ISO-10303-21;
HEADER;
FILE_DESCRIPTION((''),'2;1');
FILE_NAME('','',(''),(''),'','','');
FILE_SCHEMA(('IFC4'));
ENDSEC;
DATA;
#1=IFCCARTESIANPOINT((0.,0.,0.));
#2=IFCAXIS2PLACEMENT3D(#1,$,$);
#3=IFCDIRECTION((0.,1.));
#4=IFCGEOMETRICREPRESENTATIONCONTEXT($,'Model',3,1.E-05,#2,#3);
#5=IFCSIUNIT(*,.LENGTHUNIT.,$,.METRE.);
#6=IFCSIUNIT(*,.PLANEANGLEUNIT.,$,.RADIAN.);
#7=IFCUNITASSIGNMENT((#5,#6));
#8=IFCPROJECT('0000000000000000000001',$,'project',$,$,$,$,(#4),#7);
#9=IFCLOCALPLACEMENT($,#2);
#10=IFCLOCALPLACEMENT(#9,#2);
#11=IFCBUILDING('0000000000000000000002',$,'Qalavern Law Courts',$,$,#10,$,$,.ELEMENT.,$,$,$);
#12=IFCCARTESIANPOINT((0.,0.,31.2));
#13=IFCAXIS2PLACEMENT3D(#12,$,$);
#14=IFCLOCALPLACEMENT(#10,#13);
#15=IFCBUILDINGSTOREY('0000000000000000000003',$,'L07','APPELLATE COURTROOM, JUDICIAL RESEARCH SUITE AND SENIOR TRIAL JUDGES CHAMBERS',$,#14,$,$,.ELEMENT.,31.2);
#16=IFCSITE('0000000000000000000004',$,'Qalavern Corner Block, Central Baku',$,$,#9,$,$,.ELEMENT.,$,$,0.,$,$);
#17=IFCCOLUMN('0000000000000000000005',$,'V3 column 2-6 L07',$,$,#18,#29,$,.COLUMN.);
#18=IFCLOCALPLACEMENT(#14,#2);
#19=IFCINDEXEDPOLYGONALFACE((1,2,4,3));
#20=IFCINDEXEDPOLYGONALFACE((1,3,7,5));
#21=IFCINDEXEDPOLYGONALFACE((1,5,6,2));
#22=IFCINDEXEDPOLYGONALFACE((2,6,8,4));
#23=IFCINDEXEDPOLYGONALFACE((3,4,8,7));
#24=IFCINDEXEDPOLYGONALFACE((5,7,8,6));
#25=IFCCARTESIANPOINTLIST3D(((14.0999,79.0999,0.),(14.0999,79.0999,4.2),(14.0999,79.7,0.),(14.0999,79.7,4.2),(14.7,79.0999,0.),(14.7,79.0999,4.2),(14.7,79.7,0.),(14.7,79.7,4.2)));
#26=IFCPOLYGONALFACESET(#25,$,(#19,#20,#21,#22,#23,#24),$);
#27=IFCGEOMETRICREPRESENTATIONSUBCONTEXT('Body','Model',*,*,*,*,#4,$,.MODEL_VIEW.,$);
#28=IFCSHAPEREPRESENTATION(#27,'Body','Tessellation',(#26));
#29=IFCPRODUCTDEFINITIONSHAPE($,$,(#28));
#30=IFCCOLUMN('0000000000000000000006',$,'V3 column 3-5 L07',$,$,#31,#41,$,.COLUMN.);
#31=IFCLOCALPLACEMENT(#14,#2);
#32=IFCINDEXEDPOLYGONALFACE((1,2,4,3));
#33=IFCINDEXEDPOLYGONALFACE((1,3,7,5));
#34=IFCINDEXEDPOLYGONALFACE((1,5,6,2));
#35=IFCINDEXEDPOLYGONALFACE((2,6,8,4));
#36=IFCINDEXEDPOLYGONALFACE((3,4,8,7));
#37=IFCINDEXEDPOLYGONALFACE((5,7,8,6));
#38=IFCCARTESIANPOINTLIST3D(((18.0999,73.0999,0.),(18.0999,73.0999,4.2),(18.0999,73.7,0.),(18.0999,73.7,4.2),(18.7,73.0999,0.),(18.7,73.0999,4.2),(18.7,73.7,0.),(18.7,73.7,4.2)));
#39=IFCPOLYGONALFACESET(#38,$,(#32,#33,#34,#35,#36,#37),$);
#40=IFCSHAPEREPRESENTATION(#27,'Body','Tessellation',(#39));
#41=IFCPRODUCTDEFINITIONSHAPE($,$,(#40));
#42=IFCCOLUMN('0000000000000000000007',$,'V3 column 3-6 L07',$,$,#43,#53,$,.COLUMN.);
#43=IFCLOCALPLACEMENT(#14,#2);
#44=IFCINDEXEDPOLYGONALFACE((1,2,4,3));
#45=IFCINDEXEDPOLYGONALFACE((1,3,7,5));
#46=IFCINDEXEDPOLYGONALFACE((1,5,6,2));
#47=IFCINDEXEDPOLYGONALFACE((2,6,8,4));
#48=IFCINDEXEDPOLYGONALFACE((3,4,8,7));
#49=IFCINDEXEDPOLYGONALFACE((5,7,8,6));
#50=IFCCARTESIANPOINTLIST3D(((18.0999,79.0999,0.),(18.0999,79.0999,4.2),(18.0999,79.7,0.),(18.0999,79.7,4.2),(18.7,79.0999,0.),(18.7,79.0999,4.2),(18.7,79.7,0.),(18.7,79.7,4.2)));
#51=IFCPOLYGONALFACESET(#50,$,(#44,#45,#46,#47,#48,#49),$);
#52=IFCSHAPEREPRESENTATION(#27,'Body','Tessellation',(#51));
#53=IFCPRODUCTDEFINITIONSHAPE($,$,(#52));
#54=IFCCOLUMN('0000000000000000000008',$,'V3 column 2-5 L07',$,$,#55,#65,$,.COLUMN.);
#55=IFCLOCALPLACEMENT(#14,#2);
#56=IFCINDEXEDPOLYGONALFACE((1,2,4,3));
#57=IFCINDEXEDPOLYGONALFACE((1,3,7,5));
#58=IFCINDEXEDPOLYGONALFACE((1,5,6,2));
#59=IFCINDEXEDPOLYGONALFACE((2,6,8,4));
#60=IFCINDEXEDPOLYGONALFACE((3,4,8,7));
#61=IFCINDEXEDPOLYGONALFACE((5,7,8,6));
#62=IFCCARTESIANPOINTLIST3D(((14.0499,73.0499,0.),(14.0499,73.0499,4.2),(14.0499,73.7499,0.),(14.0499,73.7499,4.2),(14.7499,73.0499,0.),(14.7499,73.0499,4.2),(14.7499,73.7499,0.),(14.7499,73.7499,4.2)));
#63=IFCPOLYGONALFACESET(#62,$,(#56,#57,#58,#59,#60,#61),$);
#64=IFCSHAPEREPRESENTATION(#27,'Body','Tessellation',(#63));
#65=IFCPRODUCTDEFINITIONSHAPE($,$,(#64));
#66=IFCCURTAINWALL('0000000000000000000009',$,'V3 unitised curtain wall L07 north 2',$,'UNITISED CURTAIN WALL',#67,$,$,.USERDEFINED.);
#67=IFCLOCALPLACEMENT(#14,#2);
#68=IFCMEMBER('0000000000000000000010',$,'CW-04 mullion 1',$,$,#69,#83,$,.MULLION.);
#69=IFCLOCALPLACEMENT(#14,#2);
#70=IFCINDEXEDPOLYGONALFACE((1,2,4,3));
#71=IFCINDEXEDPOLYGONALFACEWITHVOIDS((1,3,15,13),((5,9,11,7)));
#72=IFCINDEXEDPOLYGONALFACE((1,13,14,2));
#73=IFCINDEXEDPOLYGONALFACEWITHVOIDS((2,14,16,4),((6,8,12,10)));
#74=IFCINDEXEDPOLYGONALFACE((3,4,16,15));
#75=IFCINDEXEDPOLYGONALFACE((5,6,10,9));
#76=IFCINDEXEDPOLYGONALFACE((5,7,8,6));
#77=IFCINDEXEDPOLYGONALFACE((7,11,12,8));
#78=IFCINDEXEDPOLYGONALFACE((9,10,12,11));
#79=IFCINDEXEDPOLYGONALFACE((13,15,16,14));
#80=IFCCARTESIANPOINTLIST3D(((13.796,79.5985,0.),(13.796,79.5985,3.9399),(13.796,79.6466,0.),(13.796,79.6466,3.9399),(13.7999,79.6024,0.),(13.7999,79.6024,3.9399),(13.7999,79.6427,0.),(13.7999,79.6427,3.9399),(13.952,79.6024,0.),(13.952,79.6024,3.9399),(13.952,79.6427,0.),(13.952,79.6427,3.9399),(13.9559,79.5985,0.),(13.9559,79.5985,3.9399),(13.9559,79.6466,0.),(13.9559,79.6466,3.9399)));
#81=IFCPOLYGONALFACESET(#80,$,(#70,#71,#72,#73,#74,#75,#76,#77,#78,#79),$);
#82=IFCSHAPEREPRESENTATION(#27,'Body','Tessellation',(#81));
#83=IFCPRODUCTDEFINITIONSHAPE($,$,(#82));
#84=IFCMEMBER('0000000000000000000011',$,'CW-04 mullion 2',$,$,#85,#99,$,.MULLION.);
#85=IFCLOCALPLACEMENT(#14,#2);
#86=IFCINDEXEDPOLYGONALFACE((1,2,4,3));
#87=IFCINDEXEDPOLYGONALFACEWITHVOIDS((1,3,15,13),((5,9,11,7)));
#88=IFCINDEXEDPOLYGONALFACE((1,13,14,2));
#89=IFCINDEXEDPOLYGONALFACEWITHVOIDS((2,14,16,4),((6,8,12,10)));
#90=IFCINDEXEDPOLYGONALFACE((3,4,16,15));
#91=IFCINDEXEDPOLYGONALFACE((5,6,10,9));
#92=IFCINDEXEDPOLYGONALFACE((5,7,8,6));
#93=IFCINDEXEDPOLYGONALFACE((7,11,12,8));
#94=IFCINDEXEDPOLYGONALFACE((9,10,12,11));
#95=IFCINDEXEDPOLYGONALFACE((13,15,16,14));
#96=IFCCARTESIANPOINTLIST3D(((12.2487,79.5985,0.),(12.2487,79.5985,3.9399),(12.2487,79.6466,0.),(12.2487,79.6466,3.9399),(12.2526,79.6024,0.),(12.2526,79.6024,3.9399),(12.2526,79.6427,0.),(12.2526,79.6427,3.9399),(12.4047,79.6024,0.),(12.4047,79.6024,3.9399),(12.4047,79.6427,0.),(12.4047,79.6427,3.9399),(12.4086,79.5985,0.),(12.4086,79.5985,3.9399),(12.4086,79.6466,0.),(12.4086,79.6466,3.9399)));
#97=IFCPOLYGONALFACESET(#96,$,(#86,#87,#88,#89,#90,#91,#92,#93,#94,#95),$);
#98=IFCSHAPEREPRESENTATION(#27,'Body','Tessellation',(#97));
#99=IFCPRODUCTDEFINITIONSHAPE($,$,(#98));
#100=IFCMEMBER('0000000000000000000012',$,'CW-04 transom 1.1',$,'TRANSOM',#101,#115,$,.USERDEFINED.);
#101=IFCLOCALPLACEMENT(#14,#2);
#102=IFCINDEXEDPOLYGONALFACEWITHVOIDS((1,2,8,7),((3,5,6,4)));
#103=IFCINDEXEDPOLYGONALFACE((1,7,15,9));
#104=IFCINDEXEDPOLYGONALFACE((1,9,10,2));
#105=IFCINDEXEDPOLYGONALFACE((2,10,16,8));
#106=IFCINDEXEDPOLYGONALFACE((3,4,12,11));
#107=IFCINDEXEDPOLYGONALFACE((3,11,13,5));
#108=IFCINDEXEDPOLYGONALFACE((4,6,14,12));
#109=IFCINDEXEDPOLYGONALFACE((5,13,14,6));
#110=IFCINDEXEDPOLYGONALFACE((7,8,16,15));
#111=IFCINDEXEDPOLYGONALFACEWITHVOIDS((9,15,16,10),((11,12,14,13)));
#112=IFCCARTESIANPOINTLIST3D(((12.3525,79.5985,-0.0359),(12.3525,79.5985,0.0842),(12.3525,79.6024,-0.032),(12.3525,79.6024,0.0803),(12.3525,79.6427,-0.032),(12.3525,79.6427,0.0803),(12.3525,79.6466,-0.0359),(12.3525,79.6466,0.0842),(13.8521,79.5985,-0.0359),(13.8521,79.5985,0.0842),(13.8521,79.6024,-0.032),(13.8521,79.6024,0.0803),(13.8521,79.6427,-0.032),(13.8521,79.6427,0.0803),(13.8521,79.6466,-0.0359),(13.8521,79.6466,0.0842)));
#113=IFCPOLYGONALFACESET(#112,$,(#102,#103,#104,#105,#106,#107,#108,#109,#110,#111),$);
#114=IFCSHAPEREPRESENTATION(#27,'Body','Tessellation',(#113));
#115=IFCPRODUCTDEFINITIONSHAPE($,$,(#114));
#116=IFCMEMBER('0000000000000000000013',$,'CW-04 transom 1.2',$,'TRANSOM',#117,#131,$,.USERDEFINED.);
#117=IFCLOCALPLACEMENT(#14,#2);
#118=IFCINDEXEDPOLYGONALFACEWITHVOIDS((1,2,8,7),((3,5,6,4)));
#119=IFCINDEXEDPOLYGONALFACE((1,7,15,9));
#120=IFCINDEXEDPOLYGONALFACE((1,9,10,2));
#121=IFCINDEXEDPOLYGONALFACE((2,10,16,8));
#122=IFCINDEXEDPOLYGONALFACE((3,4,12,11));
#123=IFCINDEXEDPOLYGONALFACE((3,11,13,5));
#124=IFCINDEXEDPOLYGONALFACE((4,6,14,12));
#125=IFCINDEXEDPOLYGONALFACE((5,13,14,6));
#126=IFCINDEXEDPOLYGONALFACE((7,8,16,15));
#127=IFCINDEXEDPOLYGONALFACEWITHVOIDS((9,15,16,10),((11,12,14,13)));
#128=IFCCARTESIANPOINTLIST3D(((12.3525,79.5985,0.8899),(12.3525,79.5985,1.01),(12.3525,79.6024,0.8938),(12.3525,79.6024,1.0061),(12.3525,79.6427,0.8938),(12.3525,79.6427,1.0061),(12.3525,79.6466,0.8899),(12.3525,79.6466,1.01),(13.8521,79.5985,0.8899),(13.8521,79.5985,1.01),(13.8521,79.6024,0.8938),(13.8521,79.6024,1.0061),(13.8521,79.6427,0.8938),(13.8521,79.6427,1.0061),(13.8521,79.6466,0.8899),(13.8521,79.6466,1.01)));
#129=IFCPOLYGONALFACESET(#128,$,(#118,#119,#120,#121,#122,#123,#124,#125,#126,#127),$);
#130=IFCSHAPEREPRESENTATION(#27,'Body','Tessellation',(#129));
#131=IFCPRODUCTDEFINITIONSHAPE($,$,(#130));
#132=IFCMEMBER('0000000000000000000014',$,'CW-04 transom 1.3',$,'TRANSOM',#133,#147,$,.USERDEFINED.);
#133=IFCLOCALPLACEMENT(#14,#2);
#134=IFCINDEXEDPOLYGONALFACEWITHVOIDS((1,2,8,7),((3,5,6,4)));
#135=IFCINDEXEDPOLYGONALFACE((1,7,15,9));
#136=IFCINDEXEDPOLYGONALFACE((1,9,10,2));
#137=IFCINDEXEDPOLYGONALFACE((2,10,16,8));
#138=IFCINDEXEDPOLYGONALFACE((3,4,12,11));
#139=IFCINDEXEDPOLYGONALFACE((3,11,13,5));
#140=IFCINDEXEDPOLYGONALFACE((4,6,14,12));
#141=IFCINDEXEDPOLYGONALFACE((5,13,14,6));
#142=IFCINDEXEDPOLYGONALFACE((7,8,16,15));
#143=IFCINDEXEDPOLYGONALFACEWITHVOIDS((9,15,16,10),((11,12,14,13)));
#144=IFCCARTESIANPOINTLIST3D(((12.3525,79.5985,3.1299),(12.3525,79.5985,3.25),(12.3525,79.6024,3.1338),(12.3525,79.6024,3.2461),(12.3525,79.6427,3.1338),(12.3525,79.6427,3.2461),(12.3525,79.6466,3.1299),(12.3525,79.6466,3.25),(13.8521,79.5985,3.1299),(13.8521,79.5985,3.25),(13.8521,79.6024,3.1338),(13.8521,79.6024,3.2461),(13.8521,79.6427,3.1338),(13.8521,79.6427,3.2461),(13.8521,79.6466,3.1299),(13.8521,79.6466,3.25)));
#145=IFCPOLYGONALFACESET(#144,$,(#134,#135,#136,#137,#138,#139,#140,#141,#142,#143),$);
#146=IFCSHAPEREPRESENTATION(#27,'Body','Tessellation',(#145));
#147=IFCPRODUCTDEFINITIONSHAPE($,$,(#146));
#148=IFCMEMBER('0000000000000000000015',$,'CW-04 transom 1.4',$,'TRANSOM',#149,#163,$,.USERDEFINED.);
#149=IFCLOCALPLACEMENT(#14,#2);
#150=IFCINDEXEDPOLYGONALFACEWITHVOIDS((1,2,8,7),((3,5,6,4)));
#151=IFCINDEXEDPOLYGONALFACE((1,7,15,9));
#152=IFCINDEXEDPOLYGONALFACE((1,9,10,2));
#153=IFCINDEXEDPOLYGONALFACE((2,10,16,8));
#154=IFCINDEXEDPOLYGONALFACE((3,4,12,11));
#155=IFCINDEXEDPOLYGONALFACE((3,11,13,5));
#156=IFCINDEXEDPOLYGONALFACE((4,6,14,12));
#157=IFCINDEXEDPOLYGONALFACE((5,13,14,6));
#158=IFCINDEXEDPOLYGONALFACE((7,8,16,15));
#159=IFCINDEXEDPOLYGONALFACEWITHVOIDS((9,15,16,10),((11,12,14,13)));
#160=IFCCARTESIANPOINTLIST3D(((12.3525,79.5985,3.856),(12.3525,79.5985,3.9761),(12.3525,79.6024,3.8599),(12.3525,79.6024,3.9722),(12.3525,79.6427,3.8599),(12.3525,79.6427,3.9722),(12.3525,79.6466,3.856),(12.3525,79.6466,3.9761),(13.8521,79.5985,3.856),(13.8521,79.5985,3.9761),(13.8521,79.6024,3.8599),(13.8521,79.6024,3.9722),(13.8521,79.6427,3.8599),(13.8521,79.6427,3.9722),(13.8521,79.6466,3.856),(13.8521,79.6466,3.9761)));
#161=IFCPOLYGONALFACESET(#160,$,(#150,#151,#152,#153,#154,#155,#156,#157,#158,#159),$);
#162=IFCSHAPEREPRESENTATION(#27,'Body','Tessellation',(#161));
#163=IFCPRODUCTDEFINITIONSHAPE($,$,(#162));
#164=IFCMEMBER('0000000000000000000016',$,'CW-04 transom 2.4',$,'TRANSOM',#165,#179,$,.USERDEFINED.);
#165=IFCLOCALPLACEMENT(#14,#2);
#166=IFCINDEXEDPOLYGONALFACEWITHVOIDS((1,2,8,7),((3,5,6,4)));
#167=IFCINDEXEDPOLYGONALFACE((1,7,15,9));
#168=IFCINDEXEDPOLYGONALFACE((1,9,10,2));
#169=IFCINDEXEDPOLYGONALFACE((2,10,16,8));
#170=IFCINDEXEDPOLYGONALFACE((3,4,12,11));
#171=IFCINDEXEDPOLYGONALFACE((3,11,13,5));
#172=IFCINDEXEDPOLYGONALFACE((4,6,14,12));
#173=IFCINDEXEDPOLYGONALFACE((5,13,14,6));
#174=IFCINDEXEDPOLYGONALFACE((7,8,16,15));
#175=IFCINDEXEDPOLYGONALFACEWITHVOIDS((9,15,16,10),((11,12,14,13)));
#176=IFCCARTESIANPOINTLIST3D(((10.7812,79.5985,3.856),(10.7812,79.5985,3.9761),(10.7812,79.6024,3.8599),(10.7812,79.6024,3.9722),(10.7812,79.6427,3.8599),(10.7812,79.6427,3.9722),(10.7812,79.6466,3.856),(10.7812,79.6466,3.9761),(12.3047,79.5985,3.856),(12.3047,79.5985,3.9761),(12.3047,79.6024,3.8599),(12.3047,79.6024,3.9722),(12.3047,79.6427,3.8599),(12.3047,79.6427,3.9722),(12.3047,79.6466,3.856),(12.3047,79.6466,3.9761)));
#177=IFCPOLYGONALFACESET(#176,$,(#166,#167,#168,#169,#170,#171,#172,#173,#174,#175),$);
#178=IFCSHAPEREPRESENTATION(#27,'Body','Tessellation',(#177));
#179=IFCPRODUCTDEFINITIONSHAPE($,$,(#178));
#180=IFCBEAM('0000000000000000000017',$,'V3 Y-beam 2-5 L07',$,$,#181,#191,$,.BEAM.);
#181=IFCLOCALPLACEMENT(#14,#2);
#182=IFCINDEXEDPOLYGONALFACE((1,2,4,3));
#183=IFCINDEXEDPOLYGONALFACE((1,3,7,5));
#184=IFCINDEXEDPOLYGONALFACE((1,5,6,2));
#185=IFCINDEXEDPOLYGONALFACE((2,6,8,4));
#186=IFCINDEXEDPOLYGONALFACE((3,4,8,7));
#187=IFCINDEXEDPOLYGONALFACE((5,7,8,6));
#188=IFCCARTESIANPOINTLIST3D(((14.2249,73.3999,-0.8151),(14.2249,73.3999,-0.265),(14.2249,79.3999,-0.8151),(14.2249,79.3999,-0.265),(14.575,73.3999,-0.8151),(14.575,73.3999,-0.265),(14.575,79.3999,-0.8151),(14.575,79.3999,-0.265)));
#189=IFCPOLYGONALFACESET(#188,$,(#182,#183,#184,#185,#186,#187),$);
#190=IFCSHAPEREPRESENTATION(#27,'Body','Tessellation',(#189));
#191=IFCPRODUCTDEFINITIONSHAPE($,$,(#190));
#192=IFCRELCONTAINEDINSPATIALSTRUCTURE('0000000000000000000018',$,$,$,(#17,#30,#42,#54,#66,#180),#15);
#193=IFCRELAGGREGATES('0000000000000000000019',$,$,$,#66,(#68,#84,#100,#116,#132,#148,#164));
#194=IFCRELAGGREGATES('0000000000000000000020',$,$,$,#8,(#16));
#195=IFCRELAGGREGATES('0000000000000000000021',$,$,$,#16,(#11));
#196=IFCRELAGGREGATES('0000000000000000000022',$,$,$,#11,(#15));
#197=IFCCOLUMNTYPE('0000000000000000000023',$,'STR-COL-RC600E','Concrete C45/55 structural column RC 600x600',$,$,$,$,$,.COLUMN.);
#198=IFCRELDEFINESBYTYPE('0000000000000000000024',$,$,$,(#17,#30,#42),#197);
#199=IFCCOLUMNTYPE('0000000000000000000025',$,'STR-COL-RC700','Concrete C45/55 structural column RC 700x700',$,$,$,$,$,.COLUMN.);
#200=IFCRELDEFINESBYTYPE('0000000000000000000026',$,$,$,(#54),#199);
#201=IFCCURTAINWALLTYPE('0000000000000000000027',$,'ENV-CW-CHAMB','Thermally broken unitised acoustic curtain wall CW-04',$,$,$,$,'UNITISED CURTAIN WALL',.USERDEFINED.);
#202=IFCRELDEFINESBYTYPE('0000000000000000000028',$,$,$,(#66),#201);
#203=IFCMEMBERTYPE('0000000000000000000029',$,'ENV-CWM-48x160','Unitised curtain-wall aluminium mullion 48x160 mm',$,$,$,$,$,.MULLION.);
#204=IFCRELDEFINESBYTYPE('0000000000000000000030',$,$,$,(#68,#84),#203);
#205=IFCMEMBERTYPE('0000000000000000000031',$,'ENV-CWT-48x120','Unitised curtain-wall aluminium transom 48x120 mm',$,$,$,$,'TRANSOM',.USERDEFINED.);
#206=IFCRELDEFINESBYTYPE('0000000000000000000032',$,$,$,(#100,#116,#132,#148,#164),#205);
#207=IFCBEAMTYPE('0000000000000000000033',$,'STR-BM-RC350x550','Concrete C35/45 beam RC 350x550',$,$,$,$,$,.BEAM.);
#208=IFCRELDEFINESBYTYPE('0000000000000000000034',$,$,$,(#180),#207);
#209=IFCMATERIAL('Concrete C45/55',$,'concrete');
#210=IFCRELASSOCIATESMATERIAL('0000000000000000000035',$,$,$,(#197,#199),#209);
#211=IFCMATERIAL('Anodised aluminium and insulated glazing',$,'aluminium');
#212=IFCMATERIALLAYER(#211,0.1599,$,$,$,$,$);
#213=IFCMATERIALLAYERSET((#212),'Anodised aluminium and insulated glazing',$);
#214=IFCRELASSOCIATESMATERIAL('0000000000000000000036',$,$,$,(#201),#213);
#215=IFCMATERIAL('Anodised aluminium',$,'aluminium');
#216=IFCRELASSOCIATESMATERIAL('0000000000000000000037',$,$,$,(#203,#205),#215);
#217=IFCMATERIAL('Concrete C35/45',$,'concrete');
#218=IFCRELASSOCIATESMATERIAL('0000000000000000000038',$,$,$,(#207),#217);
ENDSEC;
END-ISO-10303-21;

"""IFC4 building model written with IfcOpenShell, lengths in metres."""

from ifc_helpers import new_model, si_unit, direction, frame, origin, origin_2d, place, context, subcontext, project, spatial, rectangle, hollow_rectangle, extrude, material, layer, layer_set, material_profile, profile_set, type_object, element, aggregate, save


model = new_model("IFC4")

# Units and contexts
model_context = context("Model", 3, precision=1e-05, world=origin(), true_north=direction((0.0, 1.0)))
body_context = subcontext(model_context, "Body", "Model", "MODEL_VIEW")
ifc_project = project(units=[si_unit("LENGTHUNIT", "METRE"), si_unit("PLANEANGLEUNIT", "RADIAN")], contexts=[model_context])

# Site, building, storey
site_placement = place(None, origin())
site = spatial("IfcSite", under=ifc_project, at=site_placement, Name="Qalavern Corner Block, Central Baku", CompositionType="ELEMENT", RefElevation=0.0)
building_placement = place(site_placement, origin())
building = spatial("IfcBuilding", under=site, at=building_placement, Name="Qalavern Law Courts", CompositionType="ELEMENT")
storey_placement = place(building_placement, frame((0.0, 0.0, 31.2)))
storey = spatial("IfcBuildingStorey", under=building, at=storey_placement, Name="L07", Description="APPELLATE COURTROOM, JUDICIAL RESEARCH SUITE AND SENIOR TRIAL JUDGES CHAMBERS", CompositionType="ELEMENT", Elevation=31.2)

# Columns
ifc_material_1 = material(Name="Concrete C45/55", Category="concrete")
ifc_material_profile_1 = material_profile(ifc_material_1, rectangle(XDim=0.6001, YDim=0.6001, at=origin_2d()), Name="RC 600x600")
ifc_profile_set_1 = profile_set([ifc_material_profile_1], Name="Concrete C45/55")
column_type_1 = type_object("IfcColumnType", Name="STR-COL-RC600E", Description="Concrete C45/55 structural column RC 600x600", PredefinedType="COLUMN", material=ifc_profile_set_1)
for number, where, z_axis, x_axis, name in (
    (1, (14.3999, 79.3999, 0.0), (0.0, 0.0, 1.0), (1.0, 0.0, 0.0), "V3 column 2-6 L07"),
    (2, (18.3999, 73.3999, 0.0), (0.0, 0.0, 1.0), (1.0, 0.0, 0.0), "V3 column 3-5 L07"),
    (3, (18.3999, 79.3999, 0.0), (0.0, 0.0, 1.0), (1.0, 0.0, 0.0), "V3 column 3-6 L07"),
):
    element("IfcColumn", number, at=place(storey_placement, frame(where, z_axis=z_axis, x_axis=x_axis)), inside=storey, type_object=column_type_1, Name=name, PredefinedType="COLUMN", context=body_context, shape_type="SweptSolid", body=[
        extrude(rectangle(XDim=0.6001, YDim=0.6001, at=origin_2d()), origin(), (0.0, 0.0, 1.0), 4.2),
    ])
ifc_material_profile_2 = material_profile(ifc_material_1, rectangle(XDim=0.7, YDim=0.7, at=origin_2d()), Name="RC 700x700")
ifc_profile_set_2 = profile_set([ifc_material_profile_2], Name="Concrete C45/55")
column_type_2 = type_object("IfcColumnType", Name="STR-COL-RC700", Description="Concrete C45/55 structural column RC 700x700", PredefinedType="COLUMN", material=ifc_profile_set_2)
column_placement = place(storey_placement, frame((14.3999, 73.3999, 0.0), z_axis=(0.0, 0.0, 1.0), x_axis=(1.0, 0.0, 0.0)))
element("IfcColumn", 4, at=column_placement, inside=storey, type_object=column_type_2, Name="V3 column 2-5 L07", PredefinedType="COLUMN", context=body_context, shape_type="SweptSolid", body=[
    extrude(rectangle(XDim=0.7, YDim=0.7, at=origin_2d()), origin(), (0.0, 0.0, 1.0), 4.2),
])

# Curtain wall, members
ifc_material_2 = material(Name="Anodised aluminium and insulated glazing", Category="aluminium")
ifc_layer_1 = layer(ifc_material_2, 0.1599)
ifc_layer_set_1 = layer_set([ifc_layer_1], Name="Anodised aluminium and insulated glazing")
curtain_wall_type = type_object("IfcCurtainWallType", Name="ENV-CW-CHAMB", Description="Thermally broken unitised acoustic curtain wall CW-04", ElementType="UNITISED CURTAIN WALL", PredefinedType="USERDEFINED", material=ifc_layer_set_1)
curtain_wall_placement = place(storey_placement, origin())
curtain_wall = element("IfcCurtainWall", 5, at=curtain_wall_placement, inside=storey, type_object=curtain_wall_type, Name="V3 unitised curtain wall L07 north 2", ObjectType="UNITISED CURTAIN WALL", PredefinedType="USERDEFINED")
ifc_material_3 = material(Name="Anodised aluminium", Category="aluminium")
ifc_material_profile_3 = material_profile(ifc_material_3, hollow_rectangle(XDim=0.0481, YDim=0.1599, WallThickness=0.0039, at=origin_2d()), Name="ALU MULLION 48x160")
ifc_profile_set_3 = profile_set([ifc_material_profile_3], Name="Anodised aluminium")
member_type_1 = type_object("IfcMemberType", Name="ENV-CWM-48x160", Description="Unitised curtain-wall aluminium mullion 48x160 mm", PredefinedType="MULLION", material=ifc_profile_set_3)
member_1_placement = place(storey_placement, frame((13.876, 79.6226, 0.0), z_axis=(0.0, 0.0, 1.0), x_axis=(0.0, -1.0, 0.0)))
member_1 = element("IfcMember", 6, at=member_1_placement, type_object=member_type_1, Name="CW-04 mullion 1", PredefinedType="MULLION", context=body_context, shape_type="SweptSolid", body=[
    extrude(hollow_rectangle(XDim=0.0481, YDim=0.1599, WallThickness=0.0039, at=origin_2d()), origin(), (0.0, 0.0, 1.0), 3.9399),
])
member_2_placement = place(storey_placement, frame((12.3286, 79.6226, 0.0), z_axis=(0.0, 0.0, 1.0), x_axis=(0.0, -1.0, 0.0)))
member_2 = element("IfcMember", 7, at=member_2_placement, type_object=member_type_1, Name="CW-04 mullion 2", PredefinedType="MULLION", context=body_context, shape_type="SweptSolid", body=[
    extrude(hollow_rectangle(XDim=0.0481, YDim=0.1599, WallThickness=0.0039, at=origin_2d()), origin(), (0.0, 0.0, 1.0), 3.9399),
])
ifc_material_profile_4 = material_profile(ifc_material_3, hollow_rectangle(XDim=0.0481, YDim=0.1201, WallThickness=0.0039, at=origin_2d()), Name="ALU TRANSOM 48x120")
ifc_profile_set_4 = profile_set([ifc_material_profile_4], Name="Anodised aluminium")
member_type_2 = type_object("IfcMemberType", Name="ENV-CWT-48x120", Description="Unitised curtain-wall aluminium transom 48x120 mm", ElementType="TRANSOM", PredefinedType="USERDEFINED", material=ifc_profile_set_4)
member_3_placement = place(storey_placement, frame((13.8521, 79.6226, 0.0242), z_axis=(-1.0, 0.0, 0.0), x_axis=(0.0, -1.0, 0.0)))
member_3 = element("IfcMember", 8, at=member_3_placement, type_object=member_type_2, Name="CW-04 transom 1.1", ObjectType="TRANSOM", PredefinedType="USERDEFINED", context=body_context, shape_type="SweptSolid", body=[
    extrude(hollow_rectangle(XDim=0.0481, YDim=0.1201, WallThickness=0.0039, at=origin_2d()), origin(), (0.0, 0.0, 1.0), 1.4995),
])
member_4_placement = place(storey_placement, frame((13.8521, 79.6226, 0.95), z_axis=(-1.0, 0.0, 0.0), x_axis=(0.0, -1.0, 0.0)))
member_4 = element("IfcMember", 9, at=member_4_placement, type_object=member_type_2, Name="CW-04 transom 1.2", ObjectType="TRANSOM", PredefinedType="USERDEFINED", context=body_context, shape_type="SweptSolid", body=[
    extrude(hollow_rectangle(XDim=0.0481, YDim=0.1201, WallThickness=0.0039, at=origin_2d()), origin(), (0.0, 0.0, 1.0), 1.4995),
])
member_5_placement = place(storey_placement, frame((13.8521, 79.6226, 3.1899), z_axis=(-1.0, 0.0, 0.0), x_axis=(0.0, -1.0, 0.0)))
member_5 = element("IfcMember", 10, at=member_5_placement, type_object=member_type_2, Name="CW-04 transom 1.3", ObjectType="TRANSOM", PredefinedType="USERDEFINED", context=body_context, shape_type="SweptSolid", body=[
    extrude(hollow_rectangle(XDim=0.0481, YDim=0.1201, WallThickness=0.0039, at=origin_2d()), origin(), (0.0, 0.0, 1.0), 1.4995),
])
member_6_placement = place(storey_placement, frame((13.8521, 79.6226, 3.916), z_axis=(-1.0, 0.0, 0.0), x_axis=(0.0, -1.0, 0.0)))
member_6 = element("IfcMember", 11, at=member_6_placement, type_object=member_type_2, Name="CW-04 transom 1.4", ObjectType="TRANSOM", PredefinedType="USERDEFINED", context=body_context, shape_type="SweptSolid", body=[
    extrude(hollow_rectangle(XDim=0.0481, YDim=0.1201, WallThickness=0.0039, at=origin_2d()), origin(), (0.0, 0.0, 1.0), 1.4995),
])
member_7_placement = place(storey_placement, frame((12.3047, 79.6226, 3.916), z_axis=(-1.0, 0.0, 0.0), x_axis=(0.0, -1.0, 0.0)))
member_7 = element("IfcMember", 12, at=member_7_placement, type_object=member_type_2, Name="CW-04 transom 2.4", ObjectType="TRANSOM", PredefinedType="USERDEFINED", context=body_context, shape_type="SweptSolid", body=[
    extrude(hollow_rectangle(XDim=0.0481, YDim=0.1201, WallThickness=0.0039, at=origin_2d()), origin(), (0.0, 0.0, 1.0), 1.5234),
])

# Beam
ifc_material_4 = material(Name="Concrete C35/45", Category="concrete")
ifc_material_profile_5 = material_profile(ifc_material_4, rectangle(XDim=0.3501, YDim=0.55, at=origin_2d()), Name="RC 350x550")
ifc_profile_set_5 = profile_set([ifc_material_profile_5], Name="Concrete C35/45")
beam_type_1 = type_object("IfcBeamType", Name="STR-BM-RC350x550", Description="Concrete C35/45 beam RC 350x550", PredefinedType="BEAM", material=ifc_profile_set_5)
beam_1_placement = place(storey_placement, frame((14.3999, 73.3999, -0.54), z_axis=(0.0, 1.0, 0.0), x_axis=(-1.0, 0.0, 0.0)))
element("IfcBeam", 13, at=beam_1_placement, inside=storey, type_object=beam_type_1, Name="V3 Y-beam 2-5 L07", PredefinedType="BEAM", context=body_context, shape_type="SweptSolid", body=[
    extrude(rectangle(XDim=0.3501, YDim=0.55, at=origin_2d()), origin(), (0.0, 0.0, 1.0), 6.0),
])

aggregate(curtain_wall, [member_1, member_2, member_3, member_4, member_5, member_6, member_7])

save(model, "model.ifc")
